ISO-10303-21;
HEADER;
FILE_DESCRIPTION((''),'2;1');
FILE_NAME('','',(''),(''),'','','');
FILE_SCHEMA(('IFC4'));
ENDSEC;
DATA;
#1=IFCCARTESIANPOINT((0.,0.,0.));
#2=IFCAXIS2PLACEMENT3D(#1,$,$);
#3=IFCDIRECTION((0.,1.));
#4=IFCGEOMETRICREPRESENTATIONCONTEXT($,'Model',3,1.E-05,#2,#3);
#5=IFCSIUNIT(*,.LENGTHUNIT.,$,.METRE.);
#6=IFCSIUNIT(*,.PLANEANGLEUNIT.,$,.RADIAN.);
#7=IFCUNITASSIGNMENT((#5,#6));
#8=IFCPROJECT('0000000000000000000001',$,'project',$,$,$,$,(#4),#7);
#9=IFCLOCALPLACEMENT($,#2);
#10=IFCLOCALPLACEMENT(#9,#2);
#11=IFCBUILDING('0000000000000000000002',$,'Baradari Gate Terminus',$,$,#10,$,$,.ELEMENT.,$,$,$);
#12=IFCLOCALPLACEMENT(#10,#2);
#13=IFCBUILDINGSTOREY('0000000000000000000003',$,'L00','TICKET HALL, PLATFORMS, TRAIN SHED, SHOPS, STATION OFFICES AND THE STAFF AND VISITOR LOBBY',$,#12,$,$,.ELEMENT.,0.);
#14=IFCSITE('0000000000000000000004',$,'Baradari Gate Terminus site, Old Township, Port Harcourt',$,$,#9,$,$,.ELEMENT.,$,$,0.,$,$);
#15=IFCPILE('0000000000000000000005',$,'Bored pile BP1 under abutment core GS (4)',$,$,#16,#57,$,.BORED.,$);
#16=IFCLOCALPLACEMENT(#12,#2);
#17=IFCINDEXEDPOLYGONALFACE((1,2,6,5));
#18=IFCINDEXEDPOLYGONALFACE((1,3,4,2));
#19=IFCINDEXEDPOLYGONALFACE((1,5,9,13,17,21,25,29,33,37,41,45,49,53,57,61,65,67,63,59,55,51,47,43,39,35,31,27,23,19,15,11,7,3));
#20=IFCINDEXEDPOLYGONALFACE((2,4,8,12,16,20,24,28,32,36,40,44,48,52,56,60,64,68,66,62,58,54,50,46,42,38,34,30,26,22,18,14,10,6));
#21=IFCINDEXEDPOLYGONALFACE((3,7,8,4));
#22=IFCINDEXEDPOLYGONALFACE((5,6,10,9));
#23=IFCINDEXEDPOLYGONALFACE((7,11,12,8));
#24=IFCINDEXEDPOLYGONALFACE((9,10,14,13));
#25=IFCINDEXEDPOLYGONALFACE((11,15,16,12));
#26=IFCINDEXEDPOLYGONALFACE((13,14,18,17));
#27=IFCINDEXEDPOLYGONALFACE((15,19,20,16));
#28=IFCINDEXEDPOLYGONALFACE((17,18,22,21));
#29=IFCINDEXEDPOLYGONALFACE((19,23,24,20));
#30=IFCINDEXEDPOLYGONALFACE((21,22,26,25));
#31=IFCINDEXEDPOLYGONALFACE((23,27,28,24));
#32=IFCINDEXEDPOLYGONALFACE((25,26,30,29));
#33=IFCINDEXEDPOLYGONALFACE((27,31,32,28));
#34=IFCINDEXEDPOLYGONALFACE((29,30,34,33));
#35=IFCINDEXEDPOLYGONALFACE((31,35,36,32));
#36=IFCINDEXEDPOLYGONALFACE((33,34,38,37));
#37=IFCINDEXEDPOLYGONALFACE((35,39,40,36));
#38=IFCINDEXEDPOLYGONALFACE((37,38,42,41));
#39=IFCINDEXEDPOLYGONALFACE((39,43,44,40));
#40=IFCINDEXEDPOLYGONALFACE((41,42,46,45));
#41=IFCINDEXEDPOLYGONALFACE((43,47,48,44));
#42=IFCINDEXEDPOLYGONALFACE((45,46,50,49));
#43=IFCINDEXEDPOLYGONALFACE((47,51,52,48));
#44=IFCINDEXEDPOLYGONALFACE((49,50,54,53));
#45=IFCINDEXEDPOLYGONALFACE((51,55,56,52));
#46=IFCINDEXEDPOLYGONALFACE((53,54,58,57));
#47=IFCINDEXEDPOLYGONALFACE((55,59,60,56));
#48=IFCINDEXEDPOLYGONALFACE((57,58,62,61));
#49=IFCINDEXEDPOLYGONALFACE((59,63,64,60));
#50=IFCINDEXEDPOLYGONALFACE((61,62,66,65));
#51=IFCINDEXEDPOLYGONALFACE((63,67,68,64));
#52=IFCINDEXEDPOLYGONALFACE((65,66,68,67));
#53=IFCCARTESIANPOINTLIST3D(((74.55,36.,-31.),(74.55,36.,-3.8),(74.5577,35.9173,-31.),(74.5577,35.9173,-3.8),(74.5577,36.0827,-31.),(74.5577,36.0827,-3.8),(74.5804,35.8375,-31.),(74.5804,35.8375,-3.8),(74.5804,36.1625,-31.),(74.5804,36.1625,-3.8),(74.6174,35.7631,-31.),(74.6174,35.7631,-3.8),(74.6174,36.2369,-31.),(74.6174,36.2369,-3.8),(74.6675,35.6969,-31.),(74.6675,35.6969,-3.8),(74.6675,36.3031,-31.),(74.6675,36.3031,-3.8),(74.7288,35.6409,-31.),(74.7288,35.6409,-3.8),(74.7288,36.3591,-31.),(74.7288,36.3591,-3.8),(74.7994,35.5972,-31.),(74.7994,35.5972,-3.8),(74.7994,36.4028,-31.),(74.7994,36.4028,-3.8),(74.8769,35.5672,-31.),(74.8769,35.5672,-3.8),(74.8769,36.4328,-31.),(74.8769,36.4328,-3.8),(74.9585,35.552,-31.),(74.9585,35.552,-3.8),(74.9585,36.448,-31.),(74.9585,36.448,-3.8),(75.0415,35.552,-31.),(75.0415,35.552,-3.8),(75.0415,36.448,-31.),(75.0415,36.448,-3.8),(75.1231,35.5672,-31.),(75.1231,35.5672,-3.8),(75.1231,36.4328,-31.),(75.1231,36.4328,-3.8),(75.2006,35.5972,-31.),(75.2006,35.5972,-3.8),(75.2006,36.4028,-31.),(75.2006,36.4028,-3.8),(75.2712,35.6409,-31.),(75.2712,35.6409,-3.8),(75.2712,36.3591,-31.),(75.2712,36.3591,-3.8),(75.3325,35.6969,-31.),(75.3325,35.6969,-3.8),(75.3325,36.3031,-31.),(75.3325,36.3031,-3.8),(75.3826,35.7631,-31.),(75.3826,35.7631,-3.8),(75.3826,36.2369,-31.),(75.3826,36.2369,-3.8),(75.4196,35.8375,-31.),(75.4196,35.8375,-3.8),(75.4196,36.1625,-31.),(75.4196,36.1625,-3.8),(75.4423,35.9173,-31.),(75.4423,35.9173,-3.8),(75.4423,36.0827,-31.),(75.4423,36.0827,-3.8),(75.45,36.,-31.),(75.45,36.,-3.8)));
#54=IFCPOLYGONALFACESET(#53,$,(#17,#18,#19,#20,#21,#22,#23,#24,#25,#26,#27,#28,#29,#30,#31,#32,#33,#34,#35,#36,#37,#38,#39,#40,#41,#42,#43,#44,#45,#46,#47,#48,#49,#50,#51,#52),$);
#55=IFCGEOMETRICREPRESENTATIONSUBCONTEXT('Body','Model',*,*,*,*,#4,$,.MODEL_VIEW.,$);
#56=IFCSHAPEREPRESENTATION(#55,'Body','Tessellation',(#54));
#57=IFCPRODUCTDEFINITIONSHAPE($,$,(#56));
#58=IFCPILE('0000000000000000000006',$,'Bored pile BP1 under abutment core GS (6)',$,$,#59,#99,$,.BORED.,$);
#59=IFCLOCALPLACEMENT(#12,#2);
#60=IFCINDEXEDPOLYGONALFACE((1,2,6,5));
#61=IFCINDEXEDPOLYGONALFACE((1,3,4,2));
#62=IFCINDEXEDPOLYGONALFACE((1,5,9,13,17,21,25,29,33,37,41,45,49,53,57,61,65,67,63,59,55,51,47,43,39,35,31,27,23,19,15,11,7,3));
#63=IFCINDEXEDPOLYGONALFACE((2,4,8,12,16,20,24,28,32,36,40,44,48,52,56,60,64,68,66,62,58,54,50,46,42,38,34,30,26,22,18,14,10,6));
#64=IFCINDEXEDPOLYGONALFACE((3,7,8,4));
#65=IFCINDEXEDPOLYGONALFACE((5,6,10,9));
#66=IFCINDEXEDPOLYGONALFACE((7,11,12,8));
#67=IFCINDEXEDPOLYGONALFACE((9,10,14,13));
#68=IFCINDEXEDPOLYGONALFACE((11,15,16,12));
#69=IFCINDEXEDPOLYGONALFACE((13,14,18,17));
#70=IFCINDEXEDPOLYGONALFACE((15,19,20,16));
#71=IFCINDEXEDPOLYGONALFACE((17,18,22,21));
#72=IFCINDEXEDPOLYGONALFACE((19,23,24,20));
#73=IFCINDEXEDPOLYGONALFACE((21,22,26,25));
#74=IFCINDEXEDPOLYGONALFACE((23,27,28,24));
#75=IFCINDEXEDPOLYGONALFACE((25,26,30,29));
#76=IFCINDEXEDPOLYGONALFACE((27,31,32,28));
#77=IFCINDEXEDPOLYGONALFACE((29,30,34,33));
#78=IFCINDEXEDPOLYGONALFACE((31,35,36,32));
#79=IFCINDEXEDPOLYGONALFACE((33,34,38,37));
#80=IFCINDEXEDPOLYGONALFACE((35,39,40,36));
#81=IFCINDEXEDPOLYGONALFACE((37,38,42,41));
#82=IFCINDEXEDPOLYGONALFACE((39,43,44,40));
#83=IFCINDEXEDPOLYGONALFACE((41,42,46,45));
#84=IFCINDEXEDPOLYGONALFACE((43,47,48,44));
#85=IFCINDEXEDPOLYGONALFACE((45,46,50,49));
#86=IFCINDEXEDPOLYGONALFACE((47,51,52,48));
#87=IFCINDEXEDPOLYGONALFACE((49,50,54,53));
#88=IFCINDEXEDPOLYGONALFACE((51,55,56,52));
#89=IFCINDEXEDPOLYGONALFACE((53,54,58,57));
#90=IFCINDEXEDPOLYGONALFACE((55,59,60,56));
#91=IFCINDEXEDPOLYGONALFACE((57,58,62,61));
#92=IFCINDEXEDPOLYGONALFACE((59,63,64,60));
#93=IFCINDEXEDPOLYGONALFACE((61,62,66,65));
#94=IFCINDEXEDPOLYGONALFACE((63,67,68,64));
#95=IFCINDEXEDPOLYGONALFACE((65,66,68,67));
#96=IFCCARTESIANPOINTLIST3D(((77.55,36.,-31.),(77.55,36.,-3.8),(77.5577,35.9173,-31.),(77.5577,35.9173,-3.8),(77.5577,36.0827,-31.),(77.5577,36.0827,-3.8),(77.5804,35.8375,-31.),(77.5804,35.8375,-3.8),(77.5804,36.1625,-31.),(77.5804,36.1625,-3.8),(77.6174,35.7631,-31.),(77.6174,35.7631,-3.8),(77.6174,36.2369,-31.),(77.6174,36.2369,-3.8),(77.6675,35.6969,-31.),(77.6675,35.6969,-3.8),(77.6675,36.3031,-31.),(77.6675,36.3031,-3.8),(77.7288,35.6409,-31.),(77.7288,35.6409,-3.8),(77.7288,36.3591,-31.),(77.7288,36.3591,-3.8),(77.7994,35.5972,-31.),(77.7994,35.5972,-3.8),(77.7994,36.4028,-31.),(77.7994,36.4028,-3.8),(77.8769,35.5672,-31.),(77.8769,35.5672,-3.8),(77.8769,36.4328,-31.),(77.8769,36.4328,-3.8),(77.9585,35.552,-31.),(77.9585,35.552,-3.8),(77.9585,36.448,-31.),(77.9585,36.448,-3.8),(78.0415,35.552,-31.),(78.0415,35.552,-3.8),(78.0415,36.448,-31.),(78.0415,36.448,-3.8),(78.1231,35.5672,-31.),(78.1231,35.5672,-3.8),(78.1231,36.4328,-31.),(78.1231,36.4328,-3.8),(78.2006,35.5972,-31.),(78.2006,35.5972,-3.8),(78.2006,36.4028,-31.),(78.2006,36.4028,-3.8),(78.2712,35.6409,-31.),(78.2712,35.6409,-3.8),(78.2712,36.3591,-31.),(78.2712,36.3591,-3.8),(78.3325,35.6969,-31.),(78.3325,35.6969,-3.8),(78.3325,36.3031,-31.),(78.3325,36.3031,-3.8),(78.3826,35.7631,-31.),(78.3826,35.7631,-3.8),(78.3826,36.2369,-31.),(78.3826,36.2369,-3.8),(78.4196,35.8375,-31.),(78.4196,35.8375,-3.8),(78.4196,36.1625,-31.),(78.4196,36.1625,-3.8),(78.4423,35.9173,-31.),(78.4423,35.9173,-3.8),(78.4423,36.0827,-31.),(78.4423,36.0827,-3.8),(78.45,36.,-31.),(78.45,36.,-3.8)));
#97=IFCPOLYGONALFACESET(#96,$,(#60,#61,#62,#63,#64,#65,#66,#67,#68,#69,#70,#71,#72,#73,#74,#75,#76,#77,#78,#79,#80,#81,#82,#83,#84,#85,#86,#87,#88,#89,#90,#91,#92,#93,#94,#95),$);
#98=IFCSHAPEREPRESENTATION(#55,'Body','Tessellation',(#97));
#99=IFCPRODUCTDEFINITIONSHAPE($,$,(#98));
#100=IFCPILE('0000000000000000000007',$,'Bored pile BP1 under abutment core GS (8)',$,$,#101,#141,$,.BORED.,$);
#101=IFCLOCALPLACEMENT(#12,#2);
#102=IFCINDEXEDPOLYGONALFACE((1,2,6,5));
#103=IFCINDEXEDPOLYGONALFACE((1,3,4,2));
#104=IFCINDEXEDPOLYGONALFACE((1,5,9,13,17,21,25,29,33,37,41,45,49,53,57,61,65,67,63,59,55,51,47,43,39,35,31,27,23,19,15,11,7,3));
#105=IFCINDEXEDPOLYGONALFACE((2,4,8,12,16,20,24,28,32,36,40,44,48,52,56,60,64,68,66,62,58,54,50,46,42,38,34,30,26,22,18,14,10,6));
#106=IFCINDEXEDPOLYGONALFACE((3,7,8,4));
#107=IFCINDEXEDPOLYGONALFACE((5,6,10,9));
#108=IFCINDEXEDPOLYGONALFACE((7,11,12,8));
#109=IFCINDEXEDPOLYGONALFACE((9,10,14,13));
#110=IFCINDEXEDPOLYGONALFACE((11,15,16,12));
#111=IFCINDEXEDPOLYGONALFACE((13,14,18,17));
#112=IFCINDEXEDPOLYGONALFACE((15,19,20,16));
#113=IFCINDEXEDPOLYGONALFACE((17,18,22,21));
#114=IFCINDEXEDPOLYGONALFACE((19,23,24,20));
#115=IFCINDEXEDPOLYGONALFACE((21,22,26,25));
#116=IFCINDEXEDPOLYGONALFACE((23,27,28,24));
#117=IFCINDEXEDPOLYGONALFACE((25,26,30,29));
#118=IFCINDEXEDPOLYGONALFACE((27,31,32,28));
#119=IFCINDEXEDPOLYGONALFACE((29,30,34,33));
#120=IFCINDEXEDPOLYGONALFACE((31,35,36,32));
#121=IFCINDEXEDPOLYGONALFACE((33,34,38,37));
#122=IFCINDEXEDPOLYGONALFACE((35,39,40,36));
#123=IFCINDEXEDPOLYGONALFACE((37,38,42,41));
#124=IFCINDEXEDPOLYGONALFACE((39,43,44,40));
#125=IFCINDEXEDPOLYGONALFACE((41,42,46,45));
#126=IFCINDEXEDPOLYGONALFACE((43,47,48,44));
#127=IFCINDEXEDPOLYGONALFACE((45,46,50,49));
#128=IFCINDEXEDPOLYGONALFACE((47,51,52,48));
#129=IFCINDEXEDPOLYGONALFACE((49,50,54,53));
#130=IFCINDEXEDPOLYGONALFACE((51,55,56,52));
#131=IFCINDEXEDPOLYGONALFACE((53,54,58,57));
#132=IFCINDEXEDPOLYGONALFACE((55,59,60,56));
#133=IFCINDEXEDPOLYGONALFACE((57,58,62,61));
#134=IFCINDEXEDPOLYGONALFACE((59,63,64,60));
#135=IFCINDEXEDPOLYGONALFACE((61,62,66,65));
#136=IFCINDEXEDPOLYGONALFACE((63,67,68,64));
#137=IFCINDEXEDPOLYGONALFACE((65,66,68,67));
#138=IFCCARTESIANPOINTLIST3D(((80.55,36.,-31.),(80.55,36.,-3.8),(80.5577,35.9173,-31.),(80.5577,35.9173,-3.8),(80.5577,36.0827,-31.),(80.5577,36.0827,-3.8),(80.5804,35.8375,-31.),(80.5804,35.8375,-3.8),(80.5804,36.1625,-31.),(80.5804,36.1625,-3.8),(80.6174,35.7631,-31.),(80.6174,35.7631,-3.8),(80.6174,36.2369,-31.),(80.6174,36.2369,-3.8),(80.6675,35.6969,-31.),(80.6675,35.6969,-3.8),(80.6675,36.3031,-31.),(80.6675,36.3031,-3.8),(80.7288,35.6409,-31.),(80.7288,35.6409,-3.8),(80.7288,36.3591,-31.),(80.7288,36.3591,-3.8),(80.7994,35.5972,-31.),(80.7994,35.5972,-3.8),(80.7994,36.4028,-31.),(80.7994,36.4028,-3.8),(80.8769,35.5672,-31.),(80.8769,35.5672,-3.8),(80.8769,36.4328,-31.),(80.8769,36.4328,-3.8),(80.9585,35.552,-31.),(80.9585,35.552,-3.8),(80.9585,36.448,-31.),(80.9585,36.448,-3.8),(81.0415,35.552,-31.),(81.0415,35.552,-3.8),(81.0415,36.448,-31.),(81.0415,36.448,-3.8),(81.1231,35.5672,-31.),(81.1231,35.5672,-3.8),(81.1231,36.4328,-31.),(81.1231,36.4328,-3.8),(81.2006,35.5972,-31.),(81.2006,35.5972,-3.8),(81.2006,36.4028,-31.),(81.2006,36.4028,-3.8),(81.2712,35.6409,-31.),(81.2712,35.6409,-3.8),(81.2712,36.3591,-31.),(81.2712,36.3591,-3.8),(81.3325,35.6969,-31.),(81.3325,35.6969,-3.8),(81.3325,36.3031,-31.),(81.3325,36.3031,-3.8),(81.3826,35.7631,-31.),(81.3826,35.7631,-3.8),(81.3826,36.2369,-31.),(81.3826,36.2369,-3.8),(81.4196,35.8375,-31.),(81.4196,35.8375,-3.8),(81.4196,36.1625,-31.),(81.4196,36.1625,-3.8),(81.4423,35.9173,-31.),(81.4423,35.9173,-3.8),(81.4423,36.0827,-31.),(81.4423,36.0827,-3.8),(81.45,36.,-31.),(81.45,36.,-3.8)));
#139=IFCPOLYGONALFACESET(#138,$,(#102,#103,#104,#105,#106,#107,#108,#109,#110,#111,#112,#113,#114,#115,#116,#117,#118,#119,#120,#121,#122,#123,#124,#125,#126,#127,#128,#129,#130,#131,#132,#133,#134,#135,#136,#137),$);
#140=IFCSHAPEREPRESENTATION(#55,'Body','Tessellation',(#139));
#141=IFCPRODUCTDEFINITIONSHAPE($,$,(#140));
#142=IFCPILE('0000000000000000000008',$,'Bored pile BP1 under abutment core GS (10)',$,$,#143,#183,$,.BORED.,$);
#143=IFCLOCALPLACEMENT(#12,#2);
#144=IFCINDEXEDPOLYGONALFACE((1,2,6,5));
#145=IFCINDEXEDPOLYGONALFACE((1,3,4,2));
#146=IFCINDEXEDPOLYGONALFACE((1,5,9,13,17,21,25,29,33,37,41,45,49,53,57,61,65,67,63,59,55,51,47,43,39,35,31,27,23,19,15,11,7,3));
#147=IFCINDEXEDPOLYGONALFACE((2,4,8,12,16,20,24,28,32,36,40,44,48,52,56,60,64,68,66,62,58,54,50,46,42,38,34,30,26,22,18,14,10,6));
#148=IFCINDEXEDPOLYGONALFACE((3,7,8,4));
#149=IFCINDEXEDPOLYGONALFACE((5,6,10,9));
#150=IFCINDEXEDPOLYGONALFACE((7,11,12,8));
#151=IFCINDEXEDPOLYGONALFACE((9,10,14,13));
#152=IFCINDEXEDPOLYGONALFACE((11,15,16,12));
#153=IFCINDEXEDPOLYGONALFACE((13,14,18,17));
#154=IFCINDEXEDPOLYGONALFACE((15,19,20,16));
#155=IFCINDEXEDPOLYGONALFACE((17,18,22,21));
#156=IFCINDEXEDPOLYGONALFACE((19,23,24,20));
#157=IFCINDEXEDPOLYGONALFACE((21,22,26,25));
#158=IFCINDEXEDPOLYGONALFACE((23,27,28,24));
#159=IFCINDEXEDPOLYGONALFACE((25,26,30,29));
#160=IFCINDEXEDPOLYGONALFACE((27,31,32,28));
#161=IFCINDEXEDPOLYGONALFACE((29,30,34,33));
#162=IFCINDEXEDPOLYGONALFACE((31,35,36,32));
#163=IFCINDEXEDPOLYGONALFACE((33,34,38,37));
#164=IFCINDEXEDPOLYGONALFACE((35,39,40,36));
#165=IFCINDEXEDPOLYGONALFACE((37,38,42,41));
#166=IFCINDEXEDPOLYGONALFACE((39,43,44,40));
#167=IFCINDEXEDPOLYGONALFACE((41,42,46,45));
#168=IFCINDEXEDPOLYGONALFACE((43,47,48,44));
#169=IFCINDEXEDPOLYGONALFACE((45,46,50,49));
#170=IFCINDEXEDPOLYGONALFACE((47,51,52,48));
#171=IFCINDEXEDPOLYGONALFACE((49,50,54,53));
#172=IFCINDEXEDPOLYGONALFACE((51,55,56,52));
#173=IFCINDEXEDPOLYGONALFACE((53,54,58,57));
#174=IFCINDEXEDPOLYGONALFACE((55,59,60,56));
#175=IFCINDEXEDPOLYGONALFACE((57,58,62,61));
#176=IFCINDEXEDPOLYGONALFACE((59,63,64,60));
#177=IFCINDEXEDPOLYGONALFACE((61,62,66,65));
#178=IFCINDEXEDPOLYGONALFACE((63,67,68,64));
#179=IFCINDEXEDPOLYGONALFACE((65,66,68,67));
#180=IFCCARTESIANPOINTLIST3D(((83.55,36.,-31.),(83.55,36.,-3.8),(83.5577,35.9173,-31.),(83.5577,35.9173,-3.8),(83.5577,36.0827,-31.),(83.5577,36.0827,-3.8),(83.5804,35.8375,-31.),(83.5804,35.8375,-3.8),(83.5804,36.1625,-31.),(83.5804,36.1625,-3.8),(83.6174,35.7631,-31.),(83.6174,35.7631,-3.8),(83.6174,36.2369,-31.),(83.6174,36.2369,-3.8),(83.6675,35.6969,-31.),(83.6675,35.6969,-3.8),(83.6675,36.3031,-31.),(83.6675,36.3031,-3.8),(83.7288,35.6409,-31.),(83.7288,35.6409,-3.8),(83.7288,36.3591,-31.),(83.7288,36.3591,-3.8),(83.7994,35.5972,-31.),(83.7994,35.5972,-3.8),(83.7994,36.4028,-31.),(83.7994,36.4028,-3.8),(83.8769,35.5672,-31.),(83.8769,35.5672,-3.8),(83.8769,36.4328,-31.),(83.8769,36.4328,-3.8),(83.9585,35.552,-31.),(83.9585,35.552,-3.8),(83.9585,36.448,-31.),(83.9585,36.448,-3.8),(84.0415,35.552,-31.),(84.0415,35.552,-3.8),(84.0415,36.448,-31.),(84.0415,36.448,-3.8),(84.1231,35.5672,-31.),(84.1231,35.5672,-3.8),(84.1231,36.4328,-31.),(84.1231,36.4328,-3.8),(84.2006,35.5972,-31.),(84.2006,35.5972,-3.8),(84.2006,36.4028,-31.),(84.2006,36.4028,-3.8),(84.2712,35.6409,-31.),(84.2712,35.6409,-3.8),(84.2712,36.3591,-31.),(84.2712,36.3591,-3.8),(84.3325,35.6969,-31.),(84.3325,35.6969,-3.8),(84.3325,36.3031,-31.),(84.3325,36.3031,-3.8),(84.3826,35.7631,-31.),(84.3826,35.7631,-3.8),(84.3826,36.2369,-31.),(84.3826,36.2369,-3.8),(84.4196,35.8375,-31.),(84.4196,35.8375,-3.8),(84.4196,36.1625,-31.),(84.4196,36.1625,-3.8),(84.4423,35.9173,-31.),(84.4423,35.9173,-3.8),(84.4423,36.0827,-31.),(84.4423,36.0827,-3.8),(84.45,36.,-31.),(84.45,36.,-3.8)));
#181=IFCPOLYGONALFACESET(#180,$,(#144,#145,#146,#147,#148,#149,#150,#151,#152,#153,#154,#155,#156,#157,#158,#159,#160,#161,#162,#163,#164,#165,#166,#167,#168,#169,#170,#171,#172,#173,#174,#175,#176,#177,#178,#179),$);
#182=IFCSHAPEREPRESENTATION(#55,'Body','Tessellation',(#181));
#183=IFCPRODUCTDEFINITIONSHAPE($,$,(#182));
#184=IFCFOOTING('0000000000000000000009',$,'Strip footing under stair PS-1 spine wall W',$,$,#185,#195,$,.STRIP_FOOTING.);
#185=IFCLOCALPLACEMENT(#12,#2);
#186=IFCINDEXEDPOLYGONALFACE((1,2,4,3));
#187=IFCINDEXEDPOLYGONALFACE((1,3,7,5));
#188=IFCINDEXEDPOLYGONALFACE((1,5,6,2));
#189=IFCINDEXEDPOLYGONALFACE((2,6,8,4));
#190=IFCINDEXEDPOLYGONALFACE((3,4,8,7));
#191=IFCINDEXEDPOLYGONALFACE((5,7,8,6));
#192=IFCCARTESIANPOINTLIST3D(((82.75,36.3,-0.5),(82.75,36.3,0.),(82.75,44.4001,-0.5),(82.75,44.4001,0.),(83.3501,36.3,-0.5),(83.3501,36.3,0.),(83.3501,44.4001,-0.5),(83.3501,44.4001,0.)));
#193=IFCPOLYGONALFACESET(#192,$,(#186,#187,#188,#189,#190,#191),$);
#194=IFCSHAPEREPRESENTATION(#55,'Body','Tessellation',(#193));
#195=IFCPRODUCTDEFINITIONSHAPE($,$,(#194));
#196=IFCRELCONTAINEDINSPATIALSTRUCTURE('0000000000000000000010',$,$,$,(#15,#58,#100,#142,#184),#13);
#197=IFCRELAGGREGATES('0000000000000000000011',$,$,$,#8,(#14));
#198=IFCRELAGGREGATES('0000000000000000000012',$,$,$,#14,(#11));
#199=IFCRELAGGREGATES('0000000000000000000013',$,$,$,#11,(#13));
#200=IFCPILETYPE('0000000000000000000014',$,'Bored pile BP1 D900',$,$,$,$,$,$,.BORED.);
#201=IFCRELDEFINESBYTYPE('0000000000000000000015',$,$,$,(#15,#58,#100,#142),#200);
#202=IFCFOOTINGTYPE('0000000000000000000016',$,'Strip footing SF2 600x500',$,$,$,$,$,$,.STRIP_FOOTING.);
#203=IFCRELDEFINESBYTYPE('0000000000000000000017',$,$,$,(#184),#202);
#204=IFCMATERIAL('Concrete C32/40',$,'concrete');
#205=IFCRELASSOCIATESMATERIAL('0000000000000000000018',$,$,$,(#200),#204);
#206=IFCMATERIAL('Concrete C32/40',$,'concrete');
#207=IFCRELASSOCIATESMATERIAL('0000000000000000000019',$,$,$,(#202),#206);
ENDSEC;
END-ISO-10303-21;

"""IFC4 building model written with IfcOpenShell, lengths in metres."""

from ifc_helpers import new_model, si_unit, direction, frame, origin, origin_2d, place, context, subcontext, project, spatial, rectangle, circle, extrude, material, type_object, element, save


model = new_model("IFC4")

# Units and contexts
model_context = context("Model", 3, precision=1e-05, world=origin(), true_north=direction((0.0, 1.0)))
body_context = subcontext(model_context, "Body", "Model", "MODEL_VIEW")
ifc_project = project(units=[si_unit("LENGTHUNIT", "METRE"), si_unit("PLANEANGLEUNIT", "RADIAN")], contexts=[model_context])

# Site, building, storey
site_placement = place(None, origin())
site = spatial("IfcSite", under=ifc_project, at=site_placement, Name="Baradari Gate Terminus site, Old Township, Port Harcourt", CompositionType="ELEMENT", RefElevation=0.0)
building_placement = place(site_placement, origin())
building = spatial("IfcBuilding", under=site, at=building_placement, Name="Baradari Gate Terminus", CompositionType="ELEMENT")
storey_placement = place(building_placement, origin())
storey = spatial("IfcBuildingStorey", under=building, at=storey_placement, Name="L00", Description="TICKET HALL, PLATFORMS, TRAIN SHED, SHOPS, STATION OFFICES AND THE STAFF AND VISITOR LOBBY", CompositionType="ELEMENT", Elevation=0.0)

# Piles
ifc_material_1 = material(Name="Concrete C32/40", Category="concrete")
pile_type = type_object("IfcPileType", Name="Bored pile BP1 D900", PredefinedType="BORED", material=ifc_material_1)
for number, where, z_axis, x_axis, name in (
    (1, (75.0, 36.0, -3.8), (0.0, 0.0, -1.0), (1.0, 0.0, 0.0), "Bored pile BP1 under abutment core GS (4)"),
    (2, (78.0, 36.0, -3.8), (0.0, 0.0, -1.0), (1.0, 0.0, 0.0), "Bored pile BP1 under abutment core GS (6)"),
    (3, (81.0, 36.0, -3.8), (0.0, 0.0, -1.0), (1.0, 0.0, 0.0), "Bored pile BP1 under abutment core GS (8)"),
    (4, (84.0, 36.0, -3.8), (0.0, 0.0, -1.0), (1.0, 0.0, 0.0), "Bored pile BP1 under abutment core GS (10)"),
):
    element("IfcPile", number, at=place(storey_placement, frame(where, z_axis=z_axis, x_axis=x_axis)), inside=storey, type_object=pile_type, Name=name, PredefinedType="BORED", context=body_context, shape_type="SweptSolid", body=[
        extrude(circle(Radius=0.45, at=origin_2d()), origin(), (0.0, 0.0, 1.0), 27.2),
    ])

# Footing
ifc_material_2 = material(Name="Concrete C32/40", Category="concrete")
footing_type = type_object("IfcFootingType", Name="Strip footing SF2 600x500", PredefinedType="STRIP_FOOTING", material=ifc_material_2)
footing_placement = place(storey_placement, frame((83.05, 40.3501, -0.5), z_axis=(0.0, 0.0, 1.0), x_axis=(1.0, 0.0, 0.0)))
element("IfcFooting", 5, at=footing_placement, inside=storey, type_object=footing_type, Name="Strip footing under stair PS-1 spine wall W", PredefinedType="STRIP_FOOTING", context=body_context, shape_type="SweptSolid", body=[
    extrude(rectangle(XDim=0.6001, YDim=8.1001, at=origin_2d()), origin(), (0.0, 0.0, 1.0), 0.5),
])

save(model, "model.ifc")
